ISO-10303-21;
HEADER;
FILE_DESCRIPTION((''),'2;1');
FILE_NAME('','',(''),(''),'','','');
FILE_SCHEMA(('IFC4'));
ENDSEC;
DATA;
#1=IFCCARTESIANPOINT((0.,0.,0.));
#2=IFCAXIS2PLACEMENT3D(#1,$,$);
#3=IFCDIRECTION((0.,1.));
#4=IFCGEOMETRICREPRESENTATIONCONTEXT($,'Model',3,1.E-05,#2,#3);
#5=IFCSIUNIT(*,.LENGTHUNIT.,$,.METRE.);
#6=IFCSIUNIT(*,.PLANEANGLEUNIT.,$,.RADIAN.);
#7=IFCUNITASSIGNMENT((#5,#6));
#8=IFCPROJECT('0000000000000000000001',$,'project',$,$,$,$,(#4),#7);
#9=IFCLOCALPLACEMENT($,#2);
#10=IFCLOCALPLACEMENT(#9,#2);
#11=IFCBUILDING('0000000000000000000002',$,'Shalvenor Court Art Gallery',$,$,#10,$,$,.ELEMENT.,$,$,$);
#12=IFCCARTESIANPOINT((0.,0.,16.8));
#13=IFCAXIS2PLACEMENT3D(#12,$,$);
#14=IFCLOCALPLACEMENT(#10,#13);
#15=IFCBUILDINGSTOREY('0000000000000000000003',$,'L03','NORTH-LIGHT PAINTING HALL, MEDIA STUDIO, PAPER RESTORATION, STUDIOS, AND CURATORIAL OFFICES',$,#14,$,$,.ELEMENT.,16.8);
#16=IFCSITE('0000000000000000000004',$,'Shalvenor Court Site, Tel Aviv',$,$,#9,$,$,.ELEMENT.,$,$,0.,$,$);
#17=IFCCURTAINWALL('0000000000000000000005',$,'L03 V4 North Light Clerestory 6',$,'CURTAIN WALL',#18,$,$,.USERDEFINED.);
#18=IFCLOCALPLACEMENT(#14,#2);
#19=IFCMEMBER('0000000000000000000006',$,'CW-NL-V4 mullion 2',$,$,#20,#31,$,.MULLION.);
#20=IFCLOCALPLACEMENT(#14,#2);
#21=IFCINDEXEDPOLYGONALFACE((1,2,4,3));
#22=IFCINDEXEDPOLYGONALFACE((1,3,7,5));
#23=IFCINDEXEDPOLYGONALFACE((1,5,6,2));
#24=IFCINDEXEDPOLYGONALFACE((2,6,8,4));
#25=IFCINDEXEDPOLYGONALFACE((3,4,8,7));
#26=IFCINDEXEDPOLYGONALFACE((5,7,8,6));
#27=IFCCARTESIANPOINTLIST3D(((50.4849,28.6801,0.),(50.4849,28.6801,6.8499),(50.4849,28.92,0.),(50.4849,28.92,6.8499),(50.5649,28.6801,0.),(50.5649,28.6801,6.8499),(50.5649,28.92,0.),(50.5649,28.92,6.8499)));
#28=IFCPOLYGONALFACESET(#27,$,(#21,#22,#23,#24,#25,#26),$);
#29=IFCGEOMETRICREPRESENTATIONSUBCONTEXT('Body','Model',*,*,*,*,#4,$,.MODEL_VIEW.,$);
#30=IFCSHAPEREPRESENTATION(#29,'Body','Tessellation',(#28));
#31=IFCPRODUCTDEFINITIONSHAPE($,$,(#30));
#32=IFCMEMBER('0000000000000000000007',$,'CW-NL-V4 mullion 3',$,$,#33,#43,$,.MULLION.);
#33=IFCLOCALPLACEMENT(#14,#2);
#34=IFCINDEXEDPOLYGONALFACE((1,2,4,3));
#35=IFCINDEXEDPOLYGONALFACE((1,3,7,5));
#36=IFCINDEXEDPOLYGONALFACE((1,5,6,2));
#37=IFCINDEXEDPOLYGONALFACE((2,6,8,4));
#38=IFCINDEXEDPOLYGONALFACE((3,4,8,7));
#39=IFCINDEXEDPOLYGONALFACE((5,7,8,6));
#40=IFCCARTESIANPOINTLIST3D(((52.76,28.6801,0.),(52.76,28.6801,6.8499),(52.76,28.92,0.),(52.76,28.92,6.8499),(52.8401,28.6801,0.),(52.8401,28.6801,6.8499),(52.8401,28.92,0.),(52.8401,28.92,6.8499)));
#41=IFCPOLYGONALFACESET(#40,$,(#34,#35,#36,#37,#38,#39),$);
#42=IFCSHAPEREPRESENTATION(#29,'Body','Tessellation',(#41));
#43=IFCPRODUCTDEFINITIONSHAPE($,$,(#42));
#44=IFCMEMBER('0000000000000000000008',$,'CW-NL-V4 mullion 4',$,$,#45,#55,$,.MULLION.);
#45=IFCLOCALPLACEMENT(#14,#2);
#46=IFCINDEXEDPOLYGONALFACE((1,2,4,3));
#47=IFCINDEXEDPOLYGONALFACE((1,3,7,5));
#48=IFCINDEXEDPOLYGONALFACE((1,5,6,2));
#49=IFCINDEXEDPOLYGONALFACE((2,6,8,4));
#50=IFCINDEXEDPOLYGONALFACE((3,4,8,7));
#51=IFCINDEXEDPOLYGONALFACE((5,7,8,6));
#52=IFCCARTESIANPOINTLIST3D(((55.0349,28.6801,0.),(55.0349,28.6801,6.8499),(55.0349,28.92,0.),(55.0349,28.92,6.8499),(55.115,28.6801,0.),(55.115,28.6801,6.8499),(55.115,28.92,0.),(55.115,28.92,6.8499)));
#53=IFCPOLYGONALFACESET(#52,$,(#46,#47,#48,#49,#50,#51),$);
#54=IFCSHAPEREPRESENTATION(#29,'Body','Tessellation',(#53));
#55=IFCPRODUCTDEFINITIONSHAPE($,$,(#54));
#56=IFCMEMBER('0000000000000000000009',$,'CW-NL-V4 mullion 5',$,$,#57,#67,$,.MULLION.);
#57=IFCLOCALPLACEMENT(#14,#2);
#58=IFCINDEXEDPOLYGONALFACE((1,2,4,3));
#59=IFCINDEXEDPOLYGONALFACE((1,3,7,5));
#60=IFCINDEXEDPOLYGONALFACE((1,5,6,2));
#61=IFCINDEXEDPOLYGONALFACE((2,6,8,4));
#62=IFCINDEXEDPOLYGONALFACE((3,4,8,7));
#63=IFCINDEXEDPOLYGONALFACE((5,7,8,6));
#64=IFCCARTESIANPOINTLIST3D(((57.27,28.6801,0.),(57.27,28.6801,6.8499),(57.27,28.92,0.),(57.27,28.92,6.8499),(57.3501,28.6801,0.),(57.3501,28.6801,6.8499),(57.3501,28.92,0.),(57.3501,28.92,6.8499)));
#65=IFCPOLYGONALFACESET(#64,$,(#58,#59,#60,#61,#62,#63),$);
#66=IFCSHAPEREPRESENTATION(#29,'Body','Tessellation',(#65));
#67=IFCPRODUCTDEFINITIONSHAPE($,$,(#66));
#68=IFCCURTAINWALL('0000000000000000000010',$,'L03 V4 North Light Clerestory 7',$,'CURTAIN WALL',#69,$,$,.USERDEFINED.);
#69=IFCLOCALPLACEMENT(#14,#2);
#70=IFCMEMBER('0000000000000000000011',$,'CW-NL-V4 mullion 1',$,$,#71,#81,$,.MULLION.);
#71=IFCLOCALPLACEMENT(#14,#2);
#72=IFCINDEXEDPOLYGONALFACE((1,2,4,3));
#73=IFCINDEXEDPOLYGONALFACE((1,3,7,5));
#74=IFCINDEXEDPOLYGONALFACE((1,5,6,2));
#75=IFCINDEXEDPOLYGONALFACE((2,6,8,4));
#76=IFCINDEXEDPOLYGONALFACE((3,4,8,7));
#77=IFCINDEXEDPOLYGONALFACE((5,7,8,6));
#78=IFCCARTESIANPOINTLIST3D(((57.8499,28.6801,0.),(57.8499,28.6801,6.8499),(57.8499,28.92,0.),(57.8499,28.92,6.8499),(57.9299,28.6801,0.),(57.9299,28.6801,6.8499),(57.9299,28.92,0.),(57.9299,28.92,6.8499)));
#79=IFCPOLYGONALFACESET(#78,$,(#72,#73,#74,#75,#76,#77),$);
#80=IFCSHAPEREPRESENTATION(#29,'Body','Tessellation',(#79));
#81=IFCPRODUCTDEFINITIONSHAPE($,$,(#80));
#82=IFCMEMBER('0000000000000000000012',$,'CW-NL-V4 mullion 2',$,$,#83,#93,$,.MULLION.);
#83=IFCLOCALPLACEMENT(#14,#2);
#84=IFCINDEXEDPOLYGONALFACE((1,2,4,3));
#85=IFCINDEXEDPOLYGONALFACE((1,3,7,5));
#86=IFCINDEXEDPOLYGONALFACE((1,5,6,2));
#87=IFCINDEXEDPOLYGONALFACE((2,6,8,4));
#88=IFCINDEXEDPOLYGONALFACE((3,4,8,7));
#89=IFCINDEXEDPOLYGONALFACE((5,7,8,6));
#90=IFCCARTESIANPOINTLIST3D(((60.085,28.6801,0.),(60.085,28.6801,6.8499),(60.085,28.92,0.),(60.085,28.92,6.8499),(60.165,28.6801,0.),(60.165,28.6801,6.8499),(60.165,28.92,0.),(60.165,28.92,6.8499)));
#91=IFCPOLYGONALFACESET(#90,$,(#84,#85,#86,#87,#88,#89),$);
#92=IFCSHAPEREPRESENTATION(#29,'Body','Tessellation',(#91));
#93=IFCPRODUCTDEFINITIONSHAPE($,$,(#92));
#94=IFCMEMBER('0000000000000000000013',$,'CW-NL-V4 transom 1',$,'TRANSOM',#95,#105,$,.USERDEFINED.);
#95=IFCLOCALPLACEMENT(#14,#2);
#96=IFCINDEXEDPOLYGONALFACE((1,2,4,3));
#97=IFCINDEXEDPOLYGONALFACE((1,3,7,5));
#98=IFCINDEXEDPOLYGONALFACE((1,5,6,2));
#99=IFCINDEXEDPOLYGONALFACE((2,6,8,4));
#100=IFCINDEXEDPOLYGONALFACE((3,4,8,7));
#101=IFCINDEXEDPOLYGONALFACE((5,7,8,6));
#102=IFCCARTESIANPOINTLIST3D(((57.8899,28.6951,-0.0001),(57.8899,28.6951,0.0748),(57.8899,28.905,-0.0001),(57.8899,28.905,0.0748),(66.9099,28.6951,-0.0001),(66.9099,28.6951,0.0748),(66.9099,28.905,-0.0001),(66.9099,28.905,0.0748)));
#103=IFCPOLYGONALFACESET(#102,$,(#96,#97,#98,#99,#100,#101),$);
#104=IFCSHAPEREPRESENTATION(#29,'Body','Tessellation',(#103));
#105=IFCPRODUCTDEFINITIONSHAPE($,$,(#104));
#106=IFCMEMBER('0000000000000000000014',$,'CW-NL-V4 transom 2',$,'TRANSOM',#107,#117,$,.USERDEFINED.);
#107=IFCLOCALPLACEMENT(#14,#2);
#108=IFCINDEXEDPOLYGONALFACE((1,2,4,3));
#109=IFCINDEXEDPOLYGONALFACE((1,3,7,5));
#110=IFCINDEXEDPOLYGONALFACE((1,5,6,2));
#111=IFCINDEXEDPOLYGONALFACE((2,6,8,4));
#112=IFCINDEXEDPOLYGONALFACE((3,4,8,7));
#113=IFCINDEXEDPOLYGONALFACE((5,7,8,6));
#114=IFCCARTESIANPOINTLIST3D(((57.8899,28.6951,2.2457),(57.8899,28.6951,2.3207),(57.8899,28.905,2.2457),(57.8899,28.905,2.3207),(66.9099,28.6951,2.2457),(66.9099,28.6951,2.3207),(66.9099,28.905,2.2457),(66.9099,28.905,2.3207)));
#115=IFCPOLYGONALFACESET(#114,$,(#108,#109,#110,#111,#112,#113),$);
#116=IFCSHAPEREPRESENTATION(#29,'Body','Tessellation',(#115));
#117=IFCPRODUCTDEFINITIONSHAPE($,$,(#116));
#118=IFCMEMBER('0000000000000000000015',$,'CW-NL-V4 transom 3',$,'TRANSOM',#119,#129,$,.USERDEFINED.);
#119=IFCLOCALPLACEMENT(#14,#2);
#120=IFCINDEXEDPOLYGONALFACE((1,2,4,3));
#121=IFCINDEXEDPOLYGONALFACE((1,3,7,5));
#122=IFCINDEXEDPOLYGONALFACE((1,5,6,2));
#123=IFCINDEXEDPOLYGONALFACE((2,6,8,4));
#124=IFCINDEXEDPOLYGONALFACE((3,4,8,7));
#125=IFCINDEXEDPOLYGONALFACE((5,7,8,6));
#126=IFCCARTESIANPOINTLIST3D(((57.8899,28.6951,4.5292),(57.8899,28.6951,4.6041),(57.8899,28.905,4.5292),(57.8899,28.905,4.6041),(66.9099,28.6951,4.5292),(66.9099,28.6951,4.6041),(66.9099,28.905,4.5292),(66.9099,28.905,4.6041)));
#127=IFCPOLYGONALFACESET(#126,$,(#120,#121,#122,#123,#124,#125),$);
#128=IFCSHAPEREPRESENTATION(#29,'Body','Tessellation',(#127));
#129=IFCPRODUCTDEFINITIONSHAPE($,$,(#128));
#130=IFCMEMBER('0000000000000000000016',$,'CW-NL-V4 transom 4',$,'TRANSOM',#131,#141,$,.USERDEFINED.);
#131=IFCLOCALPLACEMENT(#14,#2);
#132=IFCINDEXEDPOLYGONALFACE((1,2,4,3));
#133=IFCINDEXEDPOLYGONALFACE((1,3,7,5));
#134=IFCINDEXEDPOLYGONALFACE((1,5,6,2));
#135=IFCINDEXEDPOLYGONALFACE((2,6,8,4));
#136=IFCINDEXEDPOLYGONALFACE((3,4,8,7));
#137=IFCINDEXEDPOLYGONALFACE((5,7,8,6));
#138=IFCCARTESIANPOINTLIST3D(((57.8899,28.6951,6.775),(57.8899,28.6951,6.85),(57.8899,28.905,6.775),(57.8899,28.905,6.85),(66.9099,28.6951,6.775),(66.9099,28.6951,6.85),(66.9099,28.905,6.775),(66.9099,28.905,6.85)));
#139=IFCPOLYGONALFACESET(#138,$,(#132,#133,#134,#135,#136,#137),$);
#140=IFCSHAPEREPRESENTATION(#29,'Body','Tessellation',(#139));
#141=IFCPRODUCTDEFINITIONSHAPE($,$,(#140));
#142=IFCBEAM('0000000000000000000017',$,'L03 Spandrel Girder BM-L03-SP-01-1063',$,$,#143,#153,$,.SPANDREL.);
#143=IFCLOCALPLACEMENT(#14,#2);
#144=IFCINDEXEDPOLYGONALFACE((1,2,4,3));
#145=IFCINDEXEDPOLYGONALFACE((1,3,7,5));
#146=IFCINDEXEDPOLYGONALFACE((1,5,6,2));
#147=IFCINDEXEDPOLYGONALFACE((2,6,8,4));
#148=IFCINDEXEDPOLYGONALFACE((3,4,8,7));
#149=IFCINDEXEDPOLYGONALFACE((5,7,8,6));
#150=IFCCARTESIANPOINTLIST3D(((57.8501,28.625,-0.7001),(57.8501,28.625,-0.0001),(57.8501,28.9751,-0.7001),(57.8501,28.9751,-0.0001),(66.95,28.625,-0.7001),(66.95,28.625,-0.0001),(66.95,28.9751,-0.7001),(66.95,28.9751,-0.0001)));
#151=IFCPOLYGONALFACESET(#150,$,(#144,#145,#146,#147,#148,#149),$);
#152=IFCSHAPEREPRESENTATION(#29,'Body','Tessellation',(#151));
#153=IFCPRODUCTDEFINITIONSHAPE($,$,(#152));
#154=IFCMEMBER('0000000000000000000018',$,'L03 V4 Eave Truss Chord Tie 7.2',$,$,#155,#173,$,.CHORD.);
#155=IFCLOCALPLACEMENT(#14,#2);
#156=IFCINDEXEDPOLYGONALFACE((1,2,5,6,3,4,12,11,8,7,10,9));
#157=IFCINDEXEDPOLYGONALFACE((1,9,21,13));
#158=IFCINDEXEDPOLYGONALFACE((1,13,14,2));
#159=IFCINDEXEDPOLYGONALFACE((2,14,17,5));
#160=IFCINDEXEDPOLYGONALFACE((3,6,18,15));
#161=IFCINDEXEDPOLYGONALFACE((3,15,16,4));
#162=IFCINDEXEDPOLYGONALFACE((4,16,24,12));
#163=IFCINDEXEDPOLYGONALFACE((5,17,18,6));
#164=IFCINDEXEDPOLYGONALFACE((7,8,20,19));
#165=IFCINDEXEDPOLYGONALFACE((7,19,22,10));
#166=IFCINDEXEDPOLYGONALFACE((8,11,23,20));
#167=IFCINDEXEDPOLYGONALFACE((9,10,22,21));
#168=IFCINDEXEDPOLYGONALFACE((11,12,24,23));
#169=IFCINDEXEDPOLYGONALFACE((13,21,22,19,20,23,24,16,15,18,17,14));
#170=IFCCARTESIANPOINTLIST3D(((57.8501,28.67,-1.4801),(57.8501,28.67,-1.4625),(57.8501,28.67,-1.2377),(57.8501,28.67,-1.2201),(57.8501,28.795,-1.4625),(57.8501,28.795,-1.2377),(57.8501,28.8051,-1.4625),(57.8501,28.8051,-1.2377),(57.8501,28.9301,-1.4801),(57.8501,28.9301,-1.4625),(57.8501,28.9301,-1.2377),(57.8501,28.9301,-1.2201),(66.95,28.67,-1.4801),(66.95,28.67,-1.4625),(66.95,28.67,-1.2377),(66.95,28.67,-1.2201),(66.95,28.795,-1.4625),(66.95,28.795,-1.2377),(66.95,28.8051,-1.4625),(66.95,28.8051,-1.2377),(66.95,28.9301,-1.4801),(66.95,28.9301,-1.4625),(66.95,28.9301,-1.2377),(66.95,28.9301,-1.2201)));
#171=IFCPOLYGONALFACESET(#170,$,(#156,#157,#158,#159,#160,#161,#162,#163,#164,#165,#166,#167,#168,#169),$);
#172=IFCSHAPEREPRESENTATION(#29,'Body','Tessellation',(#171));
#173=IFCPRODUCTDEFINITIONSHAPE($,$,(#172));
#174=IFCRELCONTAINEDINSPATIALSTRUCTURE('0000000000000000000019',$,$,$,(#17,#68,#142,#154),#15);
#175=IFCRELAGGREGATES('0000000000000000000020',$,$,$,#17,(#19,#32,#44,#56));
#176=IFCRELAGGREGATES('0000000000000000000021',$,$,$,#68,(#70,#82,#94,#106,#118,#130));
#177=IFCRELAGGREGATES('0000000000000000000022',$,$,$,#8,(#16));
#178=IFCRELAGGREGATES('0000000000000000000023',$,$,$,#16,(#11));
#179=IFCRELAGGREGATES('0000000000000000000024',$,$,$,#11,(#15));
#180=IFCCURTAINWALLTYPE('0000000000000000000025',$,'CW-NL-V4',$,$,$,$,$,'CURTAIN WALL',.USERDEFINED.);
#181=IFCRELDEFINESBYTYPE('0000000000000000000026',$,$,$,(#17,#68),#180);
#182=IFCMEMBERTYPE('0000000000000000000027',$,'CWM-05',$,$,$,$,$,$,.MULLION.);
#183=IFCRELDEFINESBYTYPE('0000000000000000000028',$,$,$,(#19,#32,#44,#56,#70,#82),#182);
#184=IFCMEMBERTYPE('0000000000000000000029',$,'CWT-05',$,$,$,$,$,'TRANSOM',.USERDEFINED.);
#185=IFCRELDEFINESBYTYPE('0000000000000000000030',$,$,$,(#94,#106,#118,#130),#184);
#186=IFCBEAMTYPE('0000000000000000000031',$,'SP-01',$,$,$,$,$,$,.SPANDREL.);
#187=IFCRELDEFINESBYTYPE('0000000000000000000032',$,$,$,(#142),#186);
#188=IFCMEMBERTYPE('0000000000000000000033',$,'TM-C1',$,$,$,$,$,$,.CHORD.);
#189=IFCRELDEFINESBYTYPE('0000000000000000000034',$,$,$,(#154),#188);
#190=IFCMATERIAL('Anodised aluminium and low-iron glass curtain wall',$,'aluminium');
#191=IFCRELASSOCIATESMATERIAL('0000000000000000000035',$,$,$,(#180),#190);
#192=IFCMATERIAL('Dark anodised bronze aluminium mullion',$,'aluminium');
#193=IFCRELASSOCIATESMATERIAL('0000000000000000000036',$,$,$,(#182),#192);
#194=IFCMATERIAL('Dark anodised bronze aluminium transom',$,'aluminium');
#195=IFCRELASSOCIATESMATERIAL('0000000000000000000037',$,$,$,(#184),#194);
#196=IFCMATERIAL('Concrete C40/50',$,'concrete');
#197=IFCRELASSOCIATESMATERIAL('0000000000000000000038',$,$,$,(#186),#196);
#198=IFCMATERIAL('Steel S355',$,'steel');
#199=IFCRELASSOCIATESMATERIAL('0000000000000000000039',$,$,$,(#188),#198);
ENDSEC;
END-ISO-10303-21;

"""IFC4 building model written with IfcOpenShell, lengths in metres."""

from ifc_helpers import new_model, si_unit, direction, frame, origin, origin_2d, place, context, subcontext, project, spatial, rectangle, i_section, extrude, material, material_profile, profile_set, type_object, element, aggregate, save


model = new_model("IFC4")

# Units and contexts
model_context = context("Model", 3, precision=1e-05, world=origin(), true_north=direction((0.0, 1.0)))
body_context = subcontext(model_context, "Body", "Model", "MODEL_VIEW")
ifc_project = project(units=[si_unit("LENGTHUNIT", "METRE"), si_unit("PLANEANGLEUNIT", "RADIAN")], contexts=[model_context])

# Site, building, storey
site_placement = place(None, origin())
site = spatial("IfcSite", under=ifc_project, at=site_placement, Name="Shalvenor Court Site, Tel Aviv", CompositionType="ELEMENT", RefElevation=0.0)
building_placement = place(site_placement, origin())
building = spatial("IfcBuilding", under=site, at=building_placement, Name="Shalvenor Court Art Gallery", CompositionType="ELEMENT")
storey_placement = place(building_placement, frame((0.0, 0.0, 16.8)))
storey = spatial("IfcBuildingStorey", under=building, at=storey_placement, Name="L03", Description="NORTH-LIGHT PAINTING HALL, MEDIA STUDIO, PAPER RESTORATION, STUDIOS, AND CURATORIAL OFFICES", CompositionType="ELEMENT", Elevation=16.8)

# Curtain walls, members
ifc_material_1 = material(Name="Anodised aluminium and low-iron glass curtain wall", Category="aluminium")
curtain_wall_type = type_object("IfcCurtainWallType", Name="CW-NL-V4", ElementType="CURTAIN WALL", PredefinedType="USERDEFINED", material=ifc_material_1)
curtain_wall_1_placement = place(storey_placement, origin())
curtain_wall_1 = element("IfcCurtainWall", 1, at=curtain_wall_1_placement, inside=storey, type_object=curtain_wall_type, Name="L03 V4 North Light Clerestory 6", ObjectType="CURTAIN WALL", PredefinedType="USERDEFINED")
ifc_material_2 = material(Name="Dark anodised bronze aluminium mullion", Category="aluminium")
ifc_material_profile_1 = material_profile(ifc_material_2, rectangle(XDim=0.0801, YDim=0.24, at=origin_2d()), Name="CWM-05")
ifc_profile_set_1 = profile_set([ifc_material_profile_1], Name="Dark anodised bronze aluminium mullion")
member_type_1 = type_object("IfcMemberType", Name="CWM-05", PredefinedType="MULLION", material=ifc_profile_set_1)
member_1_placement = place(storey_placement, frame((50.5249, 28.8, 0.0), z_axis=(0.0, 0.0, 1.0), x_axis=(1.0, 0.0, 0.0)))
member_1 = element("IfcMember", 2, at=member_1_placement, type_object=member_type_1, Name="CW-NL-V4 mullion 2", PredefinedType="MULLION", context=body_context, shape_type="SweptSolid", body=[
    extrude(rectangle(XDim=0.0801, YDim=0.24, at=origin_2d()), origin(), (0.0, 0.0, 1.0), 6.8499),
])
member_2_placement = place(storey_placement, frame((52.8, 28.8, 0.0), z_axis=(0.0, 0.0, 1.0), x_axis=(1.0, 0.0, 0.0)))
member_2 = element("IfcMember", 3, at=member_2_placement, type_object=member_type_1, Name="CW-NL-V4 mullion 3", PredefinedType="MULLION", context=body_context, shape_type="SweptSolid", body=[
    extrude(rectangle(XDim=0.0801, YDim=0.24, at=origin_2d()), origin(), (0.0, 0.0, 1.0), 6.8499),
])
member_3_placement = place(storey_placement, frame((55.075, 28.8, 0.0), z_axis=(0.0, 0.0, 1.0), x_axis=(1.0, 0.0, 0.0)))
member_3 = element("IfcMember", 4, at=member_3_placement, type_object=member_type_1, Name="CW-NL-V4 mullion 4", PredefinedType="MULLION", context=body_context, shape_type="SweptSolid", body=[
    extrude(rectangle(XDim=0.0801, YDim=0.24, at=origin_2d()), origin(), (0.0, 0.0, 1.0), 6.8499),
])
member_4_placement = place(storey_placement, frame((57.3101, 28.8, 0.0), z_axis=(0.0, 0.0, 1.0), x_axis=(1.0, 0.0, 0.0)))
member_4 = element("IfcMember", 5, at=member_4_placement, type_object=member_type_1, Name="CW-NL-V4 mullion 5", PredefinedType="MULLION", context=body_context, shape_type="SweptSolid", body=[
    extrude(rectangle(XDim=0.0801, YDim=0.24, at=origin_2d()), origin(), (0.0, 0.0, 1.0), 6.8499),
])
curtain_wall_2_placement = place(storey_placement, origin())
curtain_wall_2 = element("IfcCurtainWall", 6, at=curtain_wall_2_placement, inside=storey, type_object=curtain_wall_type, Name="L03 V4 North Light Clerestory 7", ObjectType="CURTAIN WALL", PredefinedType="USERDEFINED")
member_5_placement = place(storey_placement, frame((57.8899, 28.8, 0.0), z_axis=(0.0, 0.0, 1.0), x_axis=(1.0, 0.0, 0.0)))
member_5 = element("IfcMember", 7, at=member_5_placement, type_object=member_type_1, Name="CW-NL-V4 mullion 1", PredefinedType="MULLION", context=body_context, shape_type="SweptSolid", body=[
    extrude(rectangle(XDim=0.0801, YDim=0.24, at=origin_2d()), origin(), (0.0, 0.0, 1.0), 6.8499),
])
member_6_placement = place(storey_placement, frame((60.125, 28.8, 0.0), z_axis=(0.0, 0.0, 1.0), x_axis=(1.0, 0.0, 0.0)))
member_6 = element("IfcMember", 8, at=member_6_placement, type_object=member_type_1, Name="CW-NL-V4 mullion 2", PredefinedType="MULLION", context=body_context, shape_type="SweptSolid", body=[
    extrude(rectangle(XDim=0.0801, YDim=0.24, at=origin_2d()), origin(), (0.0, 0.0, 1.0), 6.8499),
])
ifc_material_3 = material(Name="Dark anodised bronze aluminium transom", Category="aluminium")
ifc_material_profile_2 = material_profile(ifc_material_3, rectangle(XDim=0.21, YDim=0.075, at=origin_2d()), Name="CWT-05")
ifc_profile_set_2 = profile_set([ifc_material_profile_2], Name="Dark anodised bronze aluminium transom")
member_type_2 = type_object("IfcMemberType", Name="CWT-05", ElementType="TRANSOM", PredefinedType="USERDEFINED", material=ifc_profile_set_2)
member_7_placement = place(storey_placement, frame((57.8899, 28.8, 0.0374), z_axis=(1.0, 0.0, 0.0), x_axis=(0.0, 1.0, 0.0)))
member_7 = element("IfcMember", 9, at=member_7_placement, type_object=member_type_2, Name="CW-NL-V4 transom 1", ObjectType="TRANSOM", PredefinedType="USERDEFINED", context=body_context, shape_type="SweptSolid", body=[
    extrude(rectangle(XDim=0.21, YDim=0.075, at=origin_2d()), origin(), (0.0, 0.0, 1.0), 9.02),
])
member_8_placement = place(storey_placement, frame((57.8899, 28.8, 2.2832), z_axis=(1.0, 0.0, 0.0), x_axis=(0.0, 1.0, 0.0)))
member_8 = element("IfcMember", 10, at=member_8_placement, type_object=member_type_2, Name="CW-NL-V4 transom 2", ObjectType="TRANSOM", PredefinedType="USERDEFINED", context=body_context, shape_type="SweptSolid", body=[
    extrude(rectangle(XDim=0.21, YDim=0.075, at=origin_2d()), origin(), (0.0, 0.0, 1.0), 9.02),
])
member_9_placement = place(storey_placement, frame((57.8899, 28.8, 4.5667), z_axis=(1.0, 0.0, 0.0), x_axis=(0.0, 1.0, 0.0)))
member_9 = element("IfcMember", 11, at=member_9_placement, type_object=member_type_2, Name="CW-NL-V4 transom 3", ObjectType="TRANSOM", PredefinedType="USERDEFINED", context=body_context, shape_type="SweptSolid", body=[
    extrude(rectangle(XDim=0.21, YDim=0.075, at=origin_2d()), origin(), (0.0, 0.0, 1.0), 9.02),
])
member_10_placement = place(storey_placement, frame((57.8899, 28.8, 6.8125), z_axis=(1.0, 0.0, 0.0), x_axis=(0.0, 1.0, 0.0)))
member_10 = element("IfcMember", 12, at=member_10_placement, type_object=member_type_2, Name="CW-NL-V4 transom 4", ObjectType="TRANSOM", PredefinedType="USERDEFINED", context=body_context, shape_type="SweptSolid", body=[
    extrude(rectangle(XDim=0.21, YDim=0.075, at=origin_2d()), origin(), (0.0, 0.0, 1.0), 9.02),
])

# Beam
ifc_material_4 = material(Name="Concrete C40/50", Category="concrete")
ifc_material_profile_3 = material_profile(ifc_material_4, rectangle(XDim=0.3501, YDim=0.7, at=origin_2d()), Name="RC 350x700")
ifc_profile_set_3 = profile_set([ifc_material_profile_3], Name="Concrete C40/50")
beam_type = type_object("IfcBeamType", Name="SP-01", PredefinedType="SPANDREL", material=ifc_profile_set_3)
beam_placement = place(storey_placement, frame((57.8501, 28.8, -0.3501), z_axis=(1.0, 0.0, 0.0), x_axis=(0.0, 1.0, 0.0)))
element("IfcBeam", 13, at=beam_placement, inside=storey, type_object=beam_type, Name="L03 Spandrel Girder BM-L03-SP-01-1063", PredefinedType="SPANDREL", context=body_context, shape_type="SweptSolid", body=[
    extrude(rectangle(XDim=0.3501, YDim=0.7, at=origin_2d()), origin(), (0.0, 0.0, 1.0), 9.0999),
])

# Member
ifc_material_5 = material(Name="Steel S355", Category="steel")
ifc_material_profile_4 = material_profile(ifc_material_5, i_section(OverallWidth=0.26, OverallDepth=0.26, WebThickness=0.01, FlangeThickness=0.0176, at=origin_2d()), Name="HEB 260")
ifc_profile_set_4 = profile_set([ifc_material_profile_4], Name="Steel S355")
member_type_3 = type_object("IfcMemberType", Name="TM-C1", PredefinedType="CHORD", material=ifc_profile_set_4)
member_11_placement = place(storey_placement, frame((57.8501, 28.8, -1.3501), z_axis=(1.0, 0.0, 0.0), x_axis=(0.0, 1.0, 0.0)))
element("IfcMember", 14, at=member_11_placement, inside=storey, type_object=member_type_3, Name="L03 V4 Eave Truss Chord Tie 7.2", PredefinedType="CHORD", context=body_context, shape_type="SweptSolid", body=[
    extrude(i_section(OverallWidth=0.26, OverallDepth=0.26, WebThickness=0.01, FlangeThickness=0.0176, at=origin_2d()), origin(), (0.0, 0.0, 1.0), 9.0999),
])

aggregate(curtain_wall_1, [member_1, member_2, member_3, member_4])
aggregate(curtain_wall_2, [member_5, member_6, member_7, member_8, member_9, member_10])

save(model, "model.ifc")
